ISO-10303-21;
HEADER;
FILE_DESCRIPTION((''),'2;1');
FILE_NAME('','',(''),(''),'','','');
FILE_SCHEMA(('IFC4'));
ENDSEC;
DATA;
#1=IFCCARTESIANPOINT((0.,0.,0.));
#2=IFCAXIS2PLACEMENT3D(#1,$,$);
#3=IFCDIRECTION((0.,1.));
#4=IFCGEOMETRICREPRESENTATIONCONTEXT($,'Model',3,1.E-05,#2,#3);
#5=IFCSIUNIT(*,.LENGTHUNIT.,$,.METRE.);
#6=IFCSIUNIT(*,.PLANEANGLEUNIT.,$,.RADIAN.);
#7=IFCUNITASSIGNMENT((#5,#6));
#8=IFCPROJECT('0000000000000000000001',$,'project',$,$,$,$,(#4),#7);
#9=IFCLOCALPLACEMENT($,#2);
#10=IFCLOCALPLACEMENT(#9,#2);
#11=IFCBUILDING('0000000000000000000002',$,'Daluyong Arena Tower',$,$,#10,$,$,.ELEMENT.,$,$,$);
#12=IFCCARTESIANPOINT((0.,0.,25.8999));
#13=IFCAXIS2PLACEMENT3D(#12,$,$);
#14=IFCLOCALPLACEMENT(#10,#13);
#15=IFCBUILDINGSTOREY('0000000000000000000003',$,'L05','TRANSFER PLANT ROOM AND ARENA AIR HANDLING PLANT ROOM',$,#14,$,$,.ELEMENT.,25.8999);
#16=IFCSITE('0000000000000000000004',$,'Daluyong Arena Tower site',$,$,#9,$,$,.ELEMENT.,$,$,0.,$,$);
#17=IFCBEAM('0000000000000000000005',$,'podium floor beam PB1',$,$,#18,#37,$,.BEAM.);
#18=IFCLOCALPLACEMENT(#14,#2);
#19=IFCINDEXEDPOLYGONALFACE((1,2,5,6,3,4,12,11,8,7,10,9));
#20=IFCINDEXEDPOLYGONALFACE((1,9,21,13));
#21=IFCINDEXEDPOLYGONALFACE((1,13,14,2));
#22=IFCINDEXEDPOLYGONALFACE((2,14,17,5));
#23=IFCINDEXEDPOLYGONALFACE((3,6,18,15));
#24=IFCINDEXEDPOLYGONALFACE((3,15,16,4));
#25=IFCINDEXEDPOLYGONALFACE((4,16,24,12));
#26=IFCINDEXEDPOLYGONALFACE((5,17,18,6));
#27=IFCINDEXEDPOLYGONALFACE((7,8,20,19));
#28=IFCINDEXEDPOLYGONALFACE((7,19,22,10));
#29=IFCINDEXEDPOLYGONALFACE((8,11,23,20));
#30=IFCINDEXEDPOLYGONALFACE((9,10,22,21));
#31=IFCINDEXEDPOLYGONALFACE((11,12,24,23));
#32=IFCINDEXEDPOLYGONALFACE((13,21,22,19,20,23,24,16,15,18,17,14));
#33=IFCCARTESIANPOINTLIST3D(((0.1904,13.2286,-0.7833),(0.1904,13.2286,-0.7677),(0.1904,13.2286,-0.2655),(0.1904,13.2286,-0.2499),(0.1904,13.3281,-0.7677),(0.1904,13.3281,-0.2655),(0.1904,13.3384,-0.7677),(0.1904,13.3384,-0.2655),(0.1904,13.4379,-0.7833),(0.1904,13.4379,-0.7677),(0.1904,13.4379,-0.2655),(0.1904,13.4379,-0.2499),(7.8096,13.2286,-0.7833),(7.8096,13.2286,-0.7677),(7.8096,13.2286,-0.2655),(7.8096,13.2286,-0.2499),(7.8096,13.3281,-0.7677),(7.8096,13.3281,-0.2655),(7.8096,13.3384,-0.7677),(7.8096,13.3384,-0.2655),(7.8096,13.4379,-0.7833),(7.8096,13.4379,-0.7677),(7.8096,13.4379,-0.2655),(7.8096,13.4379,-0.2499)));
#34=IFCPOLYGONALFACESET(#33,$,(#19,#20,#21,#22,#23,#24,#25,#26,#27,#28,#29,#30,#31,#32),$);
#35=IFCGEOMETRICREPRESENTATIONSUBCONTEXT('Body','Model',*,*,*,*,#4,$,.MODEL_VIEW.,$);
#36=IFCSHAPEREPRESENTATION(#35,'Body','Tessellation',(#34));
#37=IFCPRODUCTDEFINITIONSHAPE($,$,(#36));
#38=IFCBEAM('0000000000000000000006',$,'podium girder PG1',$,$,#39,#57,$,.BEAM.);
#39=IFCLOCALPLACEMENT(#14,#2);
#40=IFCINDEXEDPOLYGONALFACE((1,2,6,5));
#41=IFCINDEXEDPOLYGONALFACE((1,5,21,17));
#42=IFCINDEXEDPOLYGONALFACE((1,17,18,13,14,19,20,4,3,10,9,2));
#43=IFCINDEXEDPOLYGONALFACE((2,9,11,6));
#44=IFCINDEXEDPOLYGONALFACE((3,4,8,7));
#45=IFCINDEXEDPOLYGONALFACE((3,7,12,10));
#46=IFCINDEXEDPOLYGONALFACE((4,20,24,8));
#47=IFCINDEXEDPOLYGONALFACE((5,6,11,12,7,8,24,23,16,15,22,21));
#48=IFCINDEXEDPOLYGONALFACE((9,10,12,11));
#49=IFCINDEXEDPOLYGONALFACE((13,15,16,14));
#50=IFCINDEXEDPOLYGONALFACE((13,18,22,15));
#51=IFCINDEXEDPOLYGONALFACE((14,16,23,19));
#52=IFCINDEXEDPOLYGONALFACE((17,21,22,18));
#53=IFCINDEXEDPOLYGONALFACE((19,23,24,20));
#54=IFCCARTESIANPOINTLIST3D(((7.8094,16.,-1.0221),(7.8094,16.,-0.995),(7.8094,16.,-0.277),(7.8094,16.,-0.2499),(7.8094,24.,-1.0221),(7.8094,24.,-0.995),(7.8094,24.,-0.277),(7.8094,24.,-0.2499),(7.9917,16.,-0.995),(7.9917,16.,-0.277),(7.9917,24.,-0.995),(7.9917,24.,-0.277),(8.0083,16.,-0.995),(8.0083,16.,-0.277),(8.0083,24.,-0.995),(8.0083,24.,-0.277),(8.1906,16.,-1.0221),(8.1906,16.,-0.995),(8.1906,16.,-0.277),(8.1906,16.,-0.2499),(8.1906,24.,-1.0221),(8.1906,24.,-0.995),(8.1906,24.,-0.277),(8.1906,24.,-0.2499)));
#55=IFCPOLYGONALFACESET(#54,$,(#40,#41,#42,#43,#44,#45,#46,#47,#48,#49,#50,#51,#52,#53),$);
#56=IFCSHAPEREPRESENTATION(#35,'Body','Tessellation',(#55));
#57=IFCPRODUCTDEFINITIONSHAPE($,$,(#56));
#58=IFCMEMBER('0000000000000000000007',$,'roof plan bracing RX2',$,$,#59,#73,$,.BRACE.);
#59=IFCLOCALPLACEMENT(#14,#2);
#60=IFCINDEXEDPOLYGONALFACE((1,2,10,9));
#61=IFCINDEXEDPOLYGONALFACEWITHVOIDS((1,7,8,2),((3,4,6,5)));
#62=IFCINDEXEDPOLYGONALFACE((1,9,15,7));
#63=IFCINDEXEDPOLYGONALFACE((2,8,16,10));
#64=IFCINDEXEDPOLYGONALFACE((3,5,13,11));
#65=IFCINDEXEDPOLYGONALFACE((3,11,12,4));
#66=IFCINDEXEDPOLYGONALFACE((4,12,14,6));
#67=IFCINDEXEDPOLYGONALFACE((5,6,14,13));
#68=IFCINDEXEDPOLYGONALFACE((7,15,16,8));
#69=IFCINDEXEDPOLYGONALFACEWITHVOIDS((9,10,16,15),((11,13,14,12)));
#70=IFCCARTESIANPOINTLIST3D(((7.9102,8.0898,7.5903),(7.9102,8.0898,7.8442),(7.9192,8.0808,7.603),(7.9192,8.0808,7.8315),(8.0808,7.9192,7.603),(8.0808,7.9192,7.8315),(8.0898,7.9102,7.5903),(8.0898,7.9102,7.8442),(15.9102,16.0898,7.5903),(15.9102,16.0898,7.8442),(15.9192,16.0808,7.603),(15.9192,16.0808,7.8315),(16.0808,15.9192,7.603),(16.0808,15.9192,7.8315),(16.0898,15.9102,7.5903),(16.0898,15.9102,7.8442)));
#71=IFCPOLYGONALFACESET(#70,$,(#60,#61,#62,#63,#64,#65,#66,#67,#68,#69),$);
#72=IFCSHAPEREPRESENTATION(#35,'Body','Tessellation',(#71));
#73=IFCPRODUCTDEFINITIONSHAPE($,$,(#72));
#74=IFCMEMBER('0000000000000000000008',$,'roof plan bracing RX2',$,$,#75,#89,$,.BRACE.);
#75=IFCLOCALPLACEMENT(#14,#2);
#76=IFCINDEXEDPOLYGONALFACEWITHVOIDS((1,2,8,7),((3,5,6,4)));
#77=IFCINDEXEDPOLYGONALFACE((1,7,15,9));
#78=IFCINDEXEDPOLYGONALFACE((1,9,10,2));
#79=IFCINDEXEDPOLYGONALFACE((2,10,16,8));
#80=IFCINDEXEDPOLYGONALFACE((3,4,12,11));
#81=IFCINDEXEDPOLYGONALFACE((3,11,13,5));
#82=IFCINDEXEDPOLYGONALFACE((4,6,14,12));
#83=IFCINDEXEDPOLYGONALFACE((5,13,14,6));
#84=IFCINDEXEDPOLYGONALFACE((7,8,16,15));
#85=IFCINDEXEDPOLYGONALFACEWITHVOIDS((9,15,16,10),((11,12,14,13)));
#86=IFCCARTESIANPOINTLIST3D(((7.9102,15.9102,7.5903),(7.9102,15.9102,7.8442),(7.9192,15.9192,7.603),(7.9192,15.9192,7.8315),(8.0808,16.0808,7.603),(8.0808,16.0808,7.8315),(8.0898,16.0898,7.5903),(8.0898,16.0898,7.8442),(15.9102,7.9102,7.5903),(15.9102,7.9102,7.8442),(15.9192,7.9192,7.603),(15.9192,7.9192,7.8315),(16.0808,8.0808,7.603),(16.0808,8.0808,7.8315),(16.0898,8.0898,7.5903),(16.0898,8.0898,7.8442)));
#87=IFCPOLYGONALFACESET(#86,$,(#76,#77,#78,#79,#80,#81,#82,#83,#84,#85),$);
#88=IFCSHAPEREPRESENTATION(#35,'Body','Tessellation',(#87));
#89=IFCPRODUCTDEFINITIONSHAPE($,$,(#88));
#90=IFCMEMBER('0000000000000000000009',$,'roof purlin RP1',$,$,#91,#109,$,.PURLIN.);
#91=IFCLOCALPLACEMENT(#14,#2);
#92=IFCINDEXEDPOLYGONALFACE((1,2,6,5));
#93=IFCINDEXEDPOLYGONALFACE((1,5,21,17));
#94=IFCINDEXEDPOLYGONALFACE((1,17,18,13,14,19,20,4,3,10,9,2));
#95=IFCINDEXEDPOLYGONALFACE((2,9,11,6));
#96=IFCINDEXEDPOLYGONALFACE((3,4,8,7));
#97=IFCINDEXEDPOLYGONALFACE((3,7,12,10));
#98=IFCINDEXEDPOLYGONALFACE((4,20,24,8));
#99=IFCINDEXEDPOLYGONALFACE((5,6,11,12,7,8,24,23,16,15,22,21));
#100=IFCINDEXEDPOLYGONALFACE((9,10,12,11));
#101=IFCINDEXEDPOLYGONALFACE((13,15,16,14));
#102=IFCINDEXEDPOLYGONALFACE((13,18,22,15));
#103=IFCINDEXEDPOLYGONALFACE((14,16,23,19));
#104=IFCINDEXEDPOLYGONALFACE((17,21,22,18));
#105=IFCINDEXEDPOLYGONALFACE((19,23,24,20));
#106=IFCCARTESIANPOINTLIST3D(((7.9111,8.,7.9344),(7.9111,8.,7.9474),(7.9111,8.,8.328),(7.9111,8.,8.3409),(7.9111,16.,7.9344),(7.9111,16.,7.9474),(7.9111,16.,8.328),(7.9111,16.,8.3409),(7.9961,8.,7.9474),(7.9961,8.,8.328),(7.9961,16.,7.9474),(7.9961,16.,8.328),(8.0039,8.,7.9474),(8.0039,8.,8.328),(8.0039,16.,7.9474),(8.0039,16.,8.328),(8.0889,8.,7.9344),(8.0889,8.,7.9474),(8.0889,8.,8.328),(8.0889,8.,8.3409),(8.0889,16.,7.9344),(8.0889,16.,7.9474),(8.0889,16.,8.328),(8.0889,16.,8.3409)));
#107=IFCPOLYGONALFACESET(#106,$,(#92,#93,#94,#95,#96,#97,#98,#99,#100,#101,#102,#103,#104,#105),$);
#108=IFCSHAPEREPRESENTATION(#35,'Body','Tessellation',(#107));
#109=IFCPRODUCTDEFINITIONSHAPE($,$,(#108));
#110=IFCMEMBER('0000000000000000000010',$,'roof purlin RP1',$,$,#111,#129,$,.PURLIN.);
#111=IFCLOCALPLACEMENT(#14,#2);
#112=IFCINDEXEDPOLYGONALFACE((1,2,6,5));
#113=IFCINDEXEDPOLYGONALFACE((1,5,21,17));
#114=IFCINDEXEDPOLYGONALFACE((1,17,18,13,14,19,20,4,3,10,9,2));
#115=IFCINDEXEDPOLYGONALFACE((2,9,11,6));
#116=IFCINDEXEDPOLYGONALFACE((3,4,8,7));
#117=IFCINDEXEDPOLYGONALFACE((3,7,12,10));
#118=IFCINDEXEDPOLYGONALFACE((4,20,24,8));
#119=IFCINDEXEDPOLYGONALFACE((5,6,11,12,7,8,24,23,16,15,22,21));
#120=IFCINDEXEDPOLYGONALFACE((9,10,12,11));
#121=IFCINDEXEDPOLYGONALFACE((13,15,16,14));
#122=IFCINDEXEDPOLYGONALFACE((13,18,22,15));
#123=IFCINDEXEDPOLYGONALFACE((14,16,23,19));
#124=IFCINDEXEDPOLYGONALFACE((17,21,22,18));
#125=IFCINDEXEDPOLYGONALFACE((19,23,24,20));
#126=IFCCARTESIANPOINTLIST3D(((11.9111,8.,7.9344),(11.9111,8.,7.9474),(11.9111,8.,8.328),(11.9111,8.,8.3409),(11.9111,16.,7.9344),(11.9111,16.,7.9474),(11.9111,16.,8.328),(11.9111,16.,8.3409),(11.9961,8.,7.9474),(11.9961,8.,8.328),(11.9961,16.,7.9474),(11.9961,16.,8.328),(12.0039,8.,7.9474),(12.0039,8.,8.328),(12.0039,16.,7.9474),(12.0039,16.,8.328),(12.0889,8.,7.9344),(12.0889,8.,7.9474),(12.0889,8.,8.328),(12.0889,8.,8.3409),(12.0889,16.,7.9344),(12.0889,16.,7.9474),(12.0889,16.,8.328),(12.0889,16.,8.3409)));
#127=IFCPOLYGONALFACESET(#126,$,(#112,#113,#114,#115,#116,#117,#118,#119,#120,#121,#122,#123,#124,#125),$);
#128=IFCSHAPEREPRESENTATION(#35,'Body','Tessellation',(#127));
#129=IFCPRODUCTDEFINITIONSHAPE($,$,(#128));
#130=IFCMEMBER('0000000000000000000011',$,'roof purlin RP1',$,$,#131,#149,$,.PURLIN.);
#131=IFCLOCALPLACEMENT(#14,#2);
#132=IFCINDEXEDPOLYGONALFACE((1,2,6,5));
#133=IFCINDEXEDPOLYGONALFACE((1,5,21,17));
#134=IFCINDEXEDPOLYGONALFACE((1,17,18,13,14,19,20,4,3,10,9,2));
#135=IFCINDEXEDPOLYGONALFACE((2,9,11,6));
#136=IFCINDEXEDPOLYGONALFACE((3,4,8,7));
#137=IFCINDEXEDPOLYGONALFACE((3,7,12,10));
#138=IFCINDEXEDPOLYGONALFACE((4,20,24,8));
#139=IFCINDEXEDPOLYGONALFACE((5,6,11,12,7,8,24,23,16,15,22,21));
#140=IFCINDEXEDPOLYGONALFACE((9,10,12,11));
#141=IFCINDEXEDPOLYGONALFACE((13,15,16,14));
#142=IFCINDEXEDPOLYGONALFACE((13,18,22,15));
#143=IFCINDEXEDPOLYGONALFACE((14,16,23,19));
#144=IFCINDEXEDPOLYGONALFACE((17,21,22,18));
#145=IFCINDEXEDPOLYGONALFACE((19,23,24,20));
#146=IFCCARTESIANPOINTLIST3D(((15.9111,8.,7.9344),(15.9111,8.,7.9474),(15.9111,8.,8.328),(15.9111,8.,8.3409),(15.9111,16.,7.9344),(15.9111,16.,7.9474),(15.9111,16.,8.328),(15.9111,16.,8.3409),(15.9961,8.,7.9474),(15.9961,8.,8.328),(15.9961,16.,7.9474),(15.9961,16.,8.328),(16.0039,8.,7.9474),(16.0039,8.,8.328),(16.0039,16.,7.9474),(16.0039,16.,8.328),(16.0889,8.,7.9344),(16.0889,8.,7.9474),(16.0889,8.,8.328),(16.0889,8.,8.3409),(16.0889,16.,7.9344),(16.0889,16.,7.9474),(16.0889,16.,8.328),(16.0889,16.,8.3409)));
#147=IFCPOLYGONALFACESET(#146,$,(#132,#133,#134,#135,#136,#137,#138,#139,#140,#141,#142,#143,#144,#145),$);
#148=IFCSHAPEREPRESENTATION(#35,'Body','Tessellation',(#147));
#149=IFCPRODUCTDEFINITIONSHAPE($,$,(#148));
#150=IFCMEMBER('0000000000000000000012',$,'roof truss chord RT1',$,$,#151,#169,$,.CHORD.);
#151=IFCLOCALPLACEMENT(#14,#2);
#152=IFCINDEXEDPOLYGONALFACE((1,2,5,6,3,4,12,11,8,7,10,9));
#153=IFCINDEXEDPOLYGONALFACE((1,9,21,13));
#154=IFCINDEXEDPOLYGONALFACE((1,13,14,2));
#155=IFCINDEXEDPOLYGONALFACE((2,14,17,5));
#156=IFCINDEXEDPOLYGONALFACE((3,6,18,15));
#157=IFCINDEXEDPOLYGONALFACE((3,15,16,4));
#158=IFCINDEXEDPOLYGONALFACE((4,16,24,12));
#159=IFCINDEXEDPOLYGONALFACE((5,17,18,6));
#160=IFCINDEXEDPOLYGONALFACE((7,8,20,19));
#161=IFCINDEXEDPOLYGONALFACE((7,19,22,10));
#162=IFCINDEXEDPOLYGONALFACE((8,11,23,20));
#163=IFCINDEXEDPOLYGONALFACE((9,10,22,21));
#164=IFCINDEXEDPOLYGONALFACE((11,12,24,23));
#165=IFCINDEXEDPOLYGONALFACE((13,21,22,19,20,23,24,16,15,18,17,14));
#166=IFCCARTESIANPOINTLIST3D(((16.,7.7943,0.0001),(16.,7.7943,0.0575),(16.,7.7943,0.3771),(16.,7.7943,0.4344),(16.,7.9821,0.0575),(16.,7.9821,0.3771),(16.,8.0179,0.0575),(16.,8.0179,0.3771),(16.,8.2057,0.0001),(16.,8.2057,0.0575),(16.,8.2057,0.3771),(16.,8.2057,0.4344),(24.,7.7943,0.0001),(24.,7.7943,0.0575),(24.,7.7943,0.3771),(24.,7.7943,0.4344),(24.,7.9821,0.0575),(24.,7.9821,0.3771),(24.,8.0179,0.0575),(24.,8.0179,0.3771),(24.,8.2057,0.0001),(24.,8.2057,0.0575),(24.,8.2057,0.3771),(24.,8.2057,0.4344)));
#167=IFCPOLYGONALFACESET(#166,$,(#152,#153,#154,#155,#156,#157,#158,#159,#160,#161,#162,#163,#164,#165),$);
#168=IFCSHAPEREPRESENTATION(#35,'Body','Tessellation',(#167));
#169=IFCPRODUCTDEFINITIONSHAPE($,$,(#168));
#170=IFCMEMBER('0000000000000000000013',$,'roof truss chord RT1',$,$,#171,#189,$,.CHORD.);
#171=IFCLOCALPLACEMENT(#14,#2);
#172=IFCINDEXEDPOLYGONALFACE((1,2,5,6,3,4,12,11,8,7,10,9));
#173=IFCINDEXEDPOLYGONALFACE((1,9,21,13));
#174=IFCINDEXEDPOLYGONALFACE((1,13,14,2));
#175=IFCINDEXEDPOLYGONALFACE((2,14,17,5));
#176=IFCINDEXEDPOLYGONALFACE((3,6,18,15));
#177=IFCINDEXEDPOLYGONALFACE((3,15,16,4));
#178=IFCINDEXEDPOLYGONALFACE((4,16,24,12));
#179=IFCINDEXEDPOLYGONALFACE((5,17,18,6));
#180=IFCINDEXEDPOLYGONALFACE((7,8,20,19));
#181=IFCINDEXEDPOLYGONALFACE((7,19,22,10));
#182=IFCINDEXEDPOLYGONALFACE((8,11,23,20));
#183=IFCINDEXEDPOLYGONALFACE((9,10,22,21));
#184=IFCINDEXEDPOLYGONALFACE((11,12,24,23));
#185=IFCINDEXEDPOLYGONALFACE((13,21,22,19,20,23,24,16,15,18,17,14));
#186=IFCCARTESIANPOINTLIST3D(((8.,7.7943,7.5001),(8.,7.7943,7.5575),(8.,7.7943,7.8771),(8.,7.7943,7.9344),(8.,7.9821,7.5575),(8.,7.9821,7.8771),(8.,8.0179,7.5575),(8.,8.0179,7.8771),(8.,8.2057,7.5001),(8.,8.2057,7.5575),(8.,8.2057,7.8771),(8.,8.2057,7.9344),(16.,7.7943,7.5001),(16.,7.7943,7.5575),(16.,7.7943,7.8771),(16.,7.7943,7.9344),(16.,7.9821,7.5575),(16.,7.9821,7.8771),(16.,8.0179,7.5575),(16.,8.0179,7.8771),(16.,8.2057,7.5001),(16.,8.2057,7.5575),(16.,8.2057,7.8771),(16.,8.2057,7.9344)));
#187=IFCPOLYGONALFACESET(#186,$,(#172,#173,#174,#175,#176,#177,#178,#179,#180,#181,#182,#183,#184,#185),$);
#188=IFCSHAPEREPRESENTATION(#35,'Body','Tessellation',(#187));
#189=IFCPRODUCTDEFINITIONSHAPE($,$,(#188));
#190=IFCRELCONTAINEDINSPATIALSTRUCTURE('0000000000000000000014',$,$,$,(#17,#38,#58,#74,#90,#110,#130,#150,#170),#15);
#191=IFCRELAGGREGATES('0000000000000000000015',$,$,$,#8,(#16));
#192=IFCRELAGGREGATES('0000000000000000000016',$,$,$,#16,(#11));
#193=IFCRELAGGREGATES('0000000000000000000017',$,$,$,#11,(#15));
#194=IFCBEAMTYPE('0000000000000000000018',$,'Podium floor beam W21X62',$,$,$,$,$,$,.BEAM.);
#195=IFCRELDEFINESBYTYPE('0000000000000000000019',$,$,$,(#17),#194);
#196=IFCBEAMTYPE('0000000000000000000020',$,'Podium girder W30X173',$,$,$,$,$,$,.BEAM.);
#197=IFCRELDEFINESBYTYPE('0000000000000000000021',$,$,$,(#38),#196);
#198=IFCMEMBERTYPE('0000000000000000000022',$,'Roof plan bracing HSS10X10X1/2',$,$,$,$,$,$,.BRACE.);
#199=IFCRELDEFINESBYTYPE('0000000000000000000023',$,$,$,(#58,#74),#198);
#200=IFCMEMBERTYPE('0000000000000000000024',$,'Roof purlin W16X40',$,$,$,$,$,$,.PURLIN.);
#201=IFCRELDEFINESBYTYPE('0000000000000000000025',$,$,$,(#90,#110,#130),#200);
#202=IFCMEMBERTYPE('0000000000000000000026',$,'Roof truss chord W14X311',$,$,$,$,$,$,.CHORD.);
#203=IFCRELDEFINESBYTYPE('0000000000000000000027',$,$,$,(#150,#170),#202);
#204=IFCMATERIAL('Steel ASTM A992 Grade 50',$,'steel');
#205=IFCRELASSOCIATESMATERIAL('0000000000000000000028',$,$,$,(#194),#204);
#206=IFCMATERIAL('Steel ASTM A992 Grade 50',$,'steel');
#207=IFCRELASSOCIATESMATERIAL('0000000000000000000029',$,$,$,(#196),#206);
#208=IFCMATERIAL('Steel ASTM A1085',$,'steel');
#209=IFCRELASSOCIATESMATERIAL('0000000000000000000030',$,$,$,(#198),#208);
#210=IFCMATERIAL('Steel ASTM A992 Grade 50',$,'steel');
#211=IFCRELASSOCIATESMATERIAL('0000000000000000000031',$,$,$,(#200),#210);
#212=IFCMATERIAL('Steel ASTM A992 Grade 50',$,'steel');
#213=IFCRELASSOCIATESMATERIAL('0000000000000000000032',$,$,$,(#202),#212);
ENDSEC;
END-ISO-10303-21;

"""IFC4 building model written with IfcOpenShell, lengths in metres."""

from ifc_helpers import new_model, si_unit, direction, frame, origin, origin_2d, place, context, subcontext, project, spatial, hollow_rectangle, i_section, extrude, material, material_profile, profile_set, type_object, element, save


model = new_model("IFC4")

# Units and contexts
model_context = context("Model", 3, precision=1e-05, world=origin(), true_north=direction((0.0, 1.0)))
body_context = subcontext(model_context, "Body", "Model", "MODEL_VIEW")
ifc_project = project(units=[si_unit("LENGTHUNIT", "METRE"), si_unit("PLANEANGLEUNIT", "RADIAN")], contexts=[model_context])

# Site, building, storey
site_placement = place(None, origin())
site = spatial("IfcSite", under=ifc_project, at=site_placement, Name="Daluyong Arena Tower site", CompositionType="ELEMENT", RefElevation=0.0)
building_placement = place(site_placement, origin())
building = spatial("IfcBuilding", under=site, at=building_placement, Name="Daluyong Arena Tower", CompositionType="ELEMENT")
storey_placement = place(building_placement, frame((0.0, 0.0, 25.8999)))
storey = spatial("IfcBuildingStorey", under=building, at=storey_placement, Name="L05", Description="TRANSFER PLANT ROOM AND ARENA AIR HANDLING PLANT ROOM", CompositionType="ELEMENT", Elevation=25.8999)

# Beams
ifc_material_1 = material(Name="Steel ASTM A992 Grade 50", Category="steel")
ifc_material_profile_1 = material_profile(ifc_material_1, i_section(OverallWidth=0.2092, OverallDepth=0.5334, WebThickness=0.0103, FlangeThickness=0.0156, at=origin_2d()))
ifc_profile_set_1 = profile_set([ifc_material_profile_1], Name="Steel ASTM A992 Grade 50")
beam_type_1 = type_object("IfcBeamType", Name="Podium floor beam W21X62", PredefinedType="BEAM", material=ifc_profile_set_1)
beam_1_placement = place(storey_placement, frame((0.1904, 13.3333, -0.5166), z_axis=(1.0, 0.0, 0.0), x_axis=(0.0, 1.0, 0.0)))
element("IfcBeam", 1, at=beam_1_placement, inside=storey, type_object=beam_type_1, Name="podium floor beam PB1", PredefinedType="BEAM", context=body_context, shape_type="SweptSolid", body=[
    extrude(i_section(OverallWidth=0.2092, OverallDepth=0.5334, WebThickness=0.0103, FlangeThickness=0.0156, at=origin_2d()), origin(), (0.0, 0.0, 1.0), 7.6191),
])
ifc_material_2 = material(Name="Steel ASTM A992 Grade 50", Category="steel")
ifc_material_profile_2 = material_profile(ifc_material_2, i_section(OverallWidth=0.3811, OverallDepth=0.7722, WebThickness=0.0166, FlangeThickness=0.0271, at=origin_2d()))
ifc_profile_set_2 = profile_set([ifc_material_profile_2], Name="Steel ASTM A992 Grade 50")
beam_type_2 = type_object("IfcBeamType", Name="Podium girder W30X173", PredefinedType="BEAM", material=ifc_profile_set_2)
beam_2_placement = place(storey_placement, frame((8.0, 16.0, -0.636), z_axis=(0.0, 1.0, 0.0), x_axis=(-1.0, 0.0, 0.0)))
element("IfcBeam", 2, at=beam_2_placement, inside=storey, type_object=beam_type_2, Name="podium girder PG1", PredefinedType="BEAM", context=body_context, shape_type="SweptSolid", body=[
    extrude(i_section(OverallWidth=0.3811, OverallDepth=0.7722, WebThickness=0.0166, FlangeThickness=0.0271, at=origin_2d()), origin(), (0.0, 0.0, 1.0), 8.0),
])

# Members
ifc_material_3 = material(Name="Steel ASTM A1085", Category="steel")
ifc_material_profile_3 = material_profile(ifc_material_3, hollow_rectangle(XDim=0.2539, YDim=0.2539, WallThickness=0.0127, at=origin_2d()))
ifc_profile_set_3 = profile_set([ifc_material_profile_3], Name="Steel ASTM A1085")
member_type_1 = type_object("IfcMemberType", Name="Roof plan bracing HSS10X10X1/2", PredefinedType="BRACE", material=ifc_profile_set_3)
for number, where, z_axis, x_axis, name in (
    (3, (8.0, 8.0, 7.7173), (0.707107, 0.707107, 0.0), (-0.707107, 0.707107, 0.0), "roof plan bracing RX2"),
    (4, (16.0, 8.0, 7.7173), (-0.707107, 0.707107, 0.0), (-0.707107, -0.707107, 0.0), "roof plan bracing RX2"),
):
    element("IfcMember", number, at=place(storey_placement, frame(where, z_axis=z_axis, x_axis=x_axis)), inside=storey, type_object=member_type_1, Name=name, PredefinedType="BRACE", context=body_context, shape_type="SweptSolid", body=[
        extrude(hollow_rectangle(XDim=0.2539, YDim=0.2539, WallThickness=0.0127, at=origin_2d()), origin(), (0.0, 0.0, 1.0), 11.3137),
    ])
ifc_material_4 = material(Name="Steel ASTM A992 Grade 50", Category="steel")
ifc_material_profile_4 = material_profile(ifc_material_4, i_section(OverallWidth=0.1777, OverallDepth=0.4065, WebThickness=0.0078, FlangeThickness=0.0129, at=origin_2d()))
ifc_profile_set_4 = profile_set([ifc_material_profile_4], Name="Steel ASTM A992 Grade 50")
member_type_2 = type_object("IfcMemberType", Name="Roof purlin W16X40", PredefinedType="PURLIN", material=ifc_profile_set_4)
for number, where, z_axis, x_axis, name in (
    (5, (8.0, 8.0, 8.1377), (0.0, 1.0, 0.0), (-1.0, 0.0, 0.0), "roof purlin RP1"),
    (6, (12.0, 8.0, 8.1377), (0.0, 1.0, 0.0), (-1.0, 0.0, 0.0), "roof purlin RP1"),
    (7, (16.0, 8.0, 8.1377), (0.0, 1.0, 0.0), (-1.0, 0.0, 0.0), "roof purlin RP1"),
):
    element("IfcMember", number, at=place(storey_placement, frame(where, z_axis=z_axis, x_axis=x_axis)), inside=storey, type_object=member_type_2, Name=name, PredefinedType="PURLIN", context=body_context, shape_type="SweptSolid", body=[
        extrude(i_section(OverallWidth=0.1777, OverallDepth=0.4065, WebThickness=0.0078, FlangeThickness=0.0129, at=origin_2d()), origin(), (0.0, 0.0, 1.0), 8.0),
    ])
ifc_material_5 = material(Name="Steel ASTM A992 Grade 50", Category="steel")
ifc_material_profile_5 = material_profile(ifc_material_5, i_section(OverallWidth=0.4114, OverallDepth=0.4343, WebThickness=0.0359, FlangeThickness=0.0574, at=origin_2d()))
ifc_profile_set_5 = profile_set([ifc_material_profile_5], Name="Steel ASTM A992 Grade 50")
member_type_3 = type_object("IfcMemberType", Name="Roof truss chord W14X311", PredefinedType="CHORD", material=ifc_profile_set_5)
for number, where, z_axis, x_axis, name in (
    (8, (16.0, 8.0, 0.2173), (1.0, 0.0, 0.0), (0.0, 1.0, 0.0), "roof truss chord RT1"),
    (9, (8.0, 8.0, 7.7173), (1.0, 0.0, 0.0), (0.0, 1.0, 0.0), "roof truss chord RT1"),
):
    element("IfcMember", number, at=place(storey_placement, frame(where, z_axis=z_axis, x_axis=x_axis)), inside=storey, type_object=member_type_3, Name=name, PredefinedType="CHORD", context=body_context, shape_type="SweptSolid", body=[
        extrude(i_section(OverallWidth=0.4114, OverallDepth=0.4343, WebThickness=0.0359, FlangeThickness=0.0574, at=origin_2d()), origin(), (0.0, 0.0, 1.0), 8.0),
    ])

save(model, "model.ifc")
